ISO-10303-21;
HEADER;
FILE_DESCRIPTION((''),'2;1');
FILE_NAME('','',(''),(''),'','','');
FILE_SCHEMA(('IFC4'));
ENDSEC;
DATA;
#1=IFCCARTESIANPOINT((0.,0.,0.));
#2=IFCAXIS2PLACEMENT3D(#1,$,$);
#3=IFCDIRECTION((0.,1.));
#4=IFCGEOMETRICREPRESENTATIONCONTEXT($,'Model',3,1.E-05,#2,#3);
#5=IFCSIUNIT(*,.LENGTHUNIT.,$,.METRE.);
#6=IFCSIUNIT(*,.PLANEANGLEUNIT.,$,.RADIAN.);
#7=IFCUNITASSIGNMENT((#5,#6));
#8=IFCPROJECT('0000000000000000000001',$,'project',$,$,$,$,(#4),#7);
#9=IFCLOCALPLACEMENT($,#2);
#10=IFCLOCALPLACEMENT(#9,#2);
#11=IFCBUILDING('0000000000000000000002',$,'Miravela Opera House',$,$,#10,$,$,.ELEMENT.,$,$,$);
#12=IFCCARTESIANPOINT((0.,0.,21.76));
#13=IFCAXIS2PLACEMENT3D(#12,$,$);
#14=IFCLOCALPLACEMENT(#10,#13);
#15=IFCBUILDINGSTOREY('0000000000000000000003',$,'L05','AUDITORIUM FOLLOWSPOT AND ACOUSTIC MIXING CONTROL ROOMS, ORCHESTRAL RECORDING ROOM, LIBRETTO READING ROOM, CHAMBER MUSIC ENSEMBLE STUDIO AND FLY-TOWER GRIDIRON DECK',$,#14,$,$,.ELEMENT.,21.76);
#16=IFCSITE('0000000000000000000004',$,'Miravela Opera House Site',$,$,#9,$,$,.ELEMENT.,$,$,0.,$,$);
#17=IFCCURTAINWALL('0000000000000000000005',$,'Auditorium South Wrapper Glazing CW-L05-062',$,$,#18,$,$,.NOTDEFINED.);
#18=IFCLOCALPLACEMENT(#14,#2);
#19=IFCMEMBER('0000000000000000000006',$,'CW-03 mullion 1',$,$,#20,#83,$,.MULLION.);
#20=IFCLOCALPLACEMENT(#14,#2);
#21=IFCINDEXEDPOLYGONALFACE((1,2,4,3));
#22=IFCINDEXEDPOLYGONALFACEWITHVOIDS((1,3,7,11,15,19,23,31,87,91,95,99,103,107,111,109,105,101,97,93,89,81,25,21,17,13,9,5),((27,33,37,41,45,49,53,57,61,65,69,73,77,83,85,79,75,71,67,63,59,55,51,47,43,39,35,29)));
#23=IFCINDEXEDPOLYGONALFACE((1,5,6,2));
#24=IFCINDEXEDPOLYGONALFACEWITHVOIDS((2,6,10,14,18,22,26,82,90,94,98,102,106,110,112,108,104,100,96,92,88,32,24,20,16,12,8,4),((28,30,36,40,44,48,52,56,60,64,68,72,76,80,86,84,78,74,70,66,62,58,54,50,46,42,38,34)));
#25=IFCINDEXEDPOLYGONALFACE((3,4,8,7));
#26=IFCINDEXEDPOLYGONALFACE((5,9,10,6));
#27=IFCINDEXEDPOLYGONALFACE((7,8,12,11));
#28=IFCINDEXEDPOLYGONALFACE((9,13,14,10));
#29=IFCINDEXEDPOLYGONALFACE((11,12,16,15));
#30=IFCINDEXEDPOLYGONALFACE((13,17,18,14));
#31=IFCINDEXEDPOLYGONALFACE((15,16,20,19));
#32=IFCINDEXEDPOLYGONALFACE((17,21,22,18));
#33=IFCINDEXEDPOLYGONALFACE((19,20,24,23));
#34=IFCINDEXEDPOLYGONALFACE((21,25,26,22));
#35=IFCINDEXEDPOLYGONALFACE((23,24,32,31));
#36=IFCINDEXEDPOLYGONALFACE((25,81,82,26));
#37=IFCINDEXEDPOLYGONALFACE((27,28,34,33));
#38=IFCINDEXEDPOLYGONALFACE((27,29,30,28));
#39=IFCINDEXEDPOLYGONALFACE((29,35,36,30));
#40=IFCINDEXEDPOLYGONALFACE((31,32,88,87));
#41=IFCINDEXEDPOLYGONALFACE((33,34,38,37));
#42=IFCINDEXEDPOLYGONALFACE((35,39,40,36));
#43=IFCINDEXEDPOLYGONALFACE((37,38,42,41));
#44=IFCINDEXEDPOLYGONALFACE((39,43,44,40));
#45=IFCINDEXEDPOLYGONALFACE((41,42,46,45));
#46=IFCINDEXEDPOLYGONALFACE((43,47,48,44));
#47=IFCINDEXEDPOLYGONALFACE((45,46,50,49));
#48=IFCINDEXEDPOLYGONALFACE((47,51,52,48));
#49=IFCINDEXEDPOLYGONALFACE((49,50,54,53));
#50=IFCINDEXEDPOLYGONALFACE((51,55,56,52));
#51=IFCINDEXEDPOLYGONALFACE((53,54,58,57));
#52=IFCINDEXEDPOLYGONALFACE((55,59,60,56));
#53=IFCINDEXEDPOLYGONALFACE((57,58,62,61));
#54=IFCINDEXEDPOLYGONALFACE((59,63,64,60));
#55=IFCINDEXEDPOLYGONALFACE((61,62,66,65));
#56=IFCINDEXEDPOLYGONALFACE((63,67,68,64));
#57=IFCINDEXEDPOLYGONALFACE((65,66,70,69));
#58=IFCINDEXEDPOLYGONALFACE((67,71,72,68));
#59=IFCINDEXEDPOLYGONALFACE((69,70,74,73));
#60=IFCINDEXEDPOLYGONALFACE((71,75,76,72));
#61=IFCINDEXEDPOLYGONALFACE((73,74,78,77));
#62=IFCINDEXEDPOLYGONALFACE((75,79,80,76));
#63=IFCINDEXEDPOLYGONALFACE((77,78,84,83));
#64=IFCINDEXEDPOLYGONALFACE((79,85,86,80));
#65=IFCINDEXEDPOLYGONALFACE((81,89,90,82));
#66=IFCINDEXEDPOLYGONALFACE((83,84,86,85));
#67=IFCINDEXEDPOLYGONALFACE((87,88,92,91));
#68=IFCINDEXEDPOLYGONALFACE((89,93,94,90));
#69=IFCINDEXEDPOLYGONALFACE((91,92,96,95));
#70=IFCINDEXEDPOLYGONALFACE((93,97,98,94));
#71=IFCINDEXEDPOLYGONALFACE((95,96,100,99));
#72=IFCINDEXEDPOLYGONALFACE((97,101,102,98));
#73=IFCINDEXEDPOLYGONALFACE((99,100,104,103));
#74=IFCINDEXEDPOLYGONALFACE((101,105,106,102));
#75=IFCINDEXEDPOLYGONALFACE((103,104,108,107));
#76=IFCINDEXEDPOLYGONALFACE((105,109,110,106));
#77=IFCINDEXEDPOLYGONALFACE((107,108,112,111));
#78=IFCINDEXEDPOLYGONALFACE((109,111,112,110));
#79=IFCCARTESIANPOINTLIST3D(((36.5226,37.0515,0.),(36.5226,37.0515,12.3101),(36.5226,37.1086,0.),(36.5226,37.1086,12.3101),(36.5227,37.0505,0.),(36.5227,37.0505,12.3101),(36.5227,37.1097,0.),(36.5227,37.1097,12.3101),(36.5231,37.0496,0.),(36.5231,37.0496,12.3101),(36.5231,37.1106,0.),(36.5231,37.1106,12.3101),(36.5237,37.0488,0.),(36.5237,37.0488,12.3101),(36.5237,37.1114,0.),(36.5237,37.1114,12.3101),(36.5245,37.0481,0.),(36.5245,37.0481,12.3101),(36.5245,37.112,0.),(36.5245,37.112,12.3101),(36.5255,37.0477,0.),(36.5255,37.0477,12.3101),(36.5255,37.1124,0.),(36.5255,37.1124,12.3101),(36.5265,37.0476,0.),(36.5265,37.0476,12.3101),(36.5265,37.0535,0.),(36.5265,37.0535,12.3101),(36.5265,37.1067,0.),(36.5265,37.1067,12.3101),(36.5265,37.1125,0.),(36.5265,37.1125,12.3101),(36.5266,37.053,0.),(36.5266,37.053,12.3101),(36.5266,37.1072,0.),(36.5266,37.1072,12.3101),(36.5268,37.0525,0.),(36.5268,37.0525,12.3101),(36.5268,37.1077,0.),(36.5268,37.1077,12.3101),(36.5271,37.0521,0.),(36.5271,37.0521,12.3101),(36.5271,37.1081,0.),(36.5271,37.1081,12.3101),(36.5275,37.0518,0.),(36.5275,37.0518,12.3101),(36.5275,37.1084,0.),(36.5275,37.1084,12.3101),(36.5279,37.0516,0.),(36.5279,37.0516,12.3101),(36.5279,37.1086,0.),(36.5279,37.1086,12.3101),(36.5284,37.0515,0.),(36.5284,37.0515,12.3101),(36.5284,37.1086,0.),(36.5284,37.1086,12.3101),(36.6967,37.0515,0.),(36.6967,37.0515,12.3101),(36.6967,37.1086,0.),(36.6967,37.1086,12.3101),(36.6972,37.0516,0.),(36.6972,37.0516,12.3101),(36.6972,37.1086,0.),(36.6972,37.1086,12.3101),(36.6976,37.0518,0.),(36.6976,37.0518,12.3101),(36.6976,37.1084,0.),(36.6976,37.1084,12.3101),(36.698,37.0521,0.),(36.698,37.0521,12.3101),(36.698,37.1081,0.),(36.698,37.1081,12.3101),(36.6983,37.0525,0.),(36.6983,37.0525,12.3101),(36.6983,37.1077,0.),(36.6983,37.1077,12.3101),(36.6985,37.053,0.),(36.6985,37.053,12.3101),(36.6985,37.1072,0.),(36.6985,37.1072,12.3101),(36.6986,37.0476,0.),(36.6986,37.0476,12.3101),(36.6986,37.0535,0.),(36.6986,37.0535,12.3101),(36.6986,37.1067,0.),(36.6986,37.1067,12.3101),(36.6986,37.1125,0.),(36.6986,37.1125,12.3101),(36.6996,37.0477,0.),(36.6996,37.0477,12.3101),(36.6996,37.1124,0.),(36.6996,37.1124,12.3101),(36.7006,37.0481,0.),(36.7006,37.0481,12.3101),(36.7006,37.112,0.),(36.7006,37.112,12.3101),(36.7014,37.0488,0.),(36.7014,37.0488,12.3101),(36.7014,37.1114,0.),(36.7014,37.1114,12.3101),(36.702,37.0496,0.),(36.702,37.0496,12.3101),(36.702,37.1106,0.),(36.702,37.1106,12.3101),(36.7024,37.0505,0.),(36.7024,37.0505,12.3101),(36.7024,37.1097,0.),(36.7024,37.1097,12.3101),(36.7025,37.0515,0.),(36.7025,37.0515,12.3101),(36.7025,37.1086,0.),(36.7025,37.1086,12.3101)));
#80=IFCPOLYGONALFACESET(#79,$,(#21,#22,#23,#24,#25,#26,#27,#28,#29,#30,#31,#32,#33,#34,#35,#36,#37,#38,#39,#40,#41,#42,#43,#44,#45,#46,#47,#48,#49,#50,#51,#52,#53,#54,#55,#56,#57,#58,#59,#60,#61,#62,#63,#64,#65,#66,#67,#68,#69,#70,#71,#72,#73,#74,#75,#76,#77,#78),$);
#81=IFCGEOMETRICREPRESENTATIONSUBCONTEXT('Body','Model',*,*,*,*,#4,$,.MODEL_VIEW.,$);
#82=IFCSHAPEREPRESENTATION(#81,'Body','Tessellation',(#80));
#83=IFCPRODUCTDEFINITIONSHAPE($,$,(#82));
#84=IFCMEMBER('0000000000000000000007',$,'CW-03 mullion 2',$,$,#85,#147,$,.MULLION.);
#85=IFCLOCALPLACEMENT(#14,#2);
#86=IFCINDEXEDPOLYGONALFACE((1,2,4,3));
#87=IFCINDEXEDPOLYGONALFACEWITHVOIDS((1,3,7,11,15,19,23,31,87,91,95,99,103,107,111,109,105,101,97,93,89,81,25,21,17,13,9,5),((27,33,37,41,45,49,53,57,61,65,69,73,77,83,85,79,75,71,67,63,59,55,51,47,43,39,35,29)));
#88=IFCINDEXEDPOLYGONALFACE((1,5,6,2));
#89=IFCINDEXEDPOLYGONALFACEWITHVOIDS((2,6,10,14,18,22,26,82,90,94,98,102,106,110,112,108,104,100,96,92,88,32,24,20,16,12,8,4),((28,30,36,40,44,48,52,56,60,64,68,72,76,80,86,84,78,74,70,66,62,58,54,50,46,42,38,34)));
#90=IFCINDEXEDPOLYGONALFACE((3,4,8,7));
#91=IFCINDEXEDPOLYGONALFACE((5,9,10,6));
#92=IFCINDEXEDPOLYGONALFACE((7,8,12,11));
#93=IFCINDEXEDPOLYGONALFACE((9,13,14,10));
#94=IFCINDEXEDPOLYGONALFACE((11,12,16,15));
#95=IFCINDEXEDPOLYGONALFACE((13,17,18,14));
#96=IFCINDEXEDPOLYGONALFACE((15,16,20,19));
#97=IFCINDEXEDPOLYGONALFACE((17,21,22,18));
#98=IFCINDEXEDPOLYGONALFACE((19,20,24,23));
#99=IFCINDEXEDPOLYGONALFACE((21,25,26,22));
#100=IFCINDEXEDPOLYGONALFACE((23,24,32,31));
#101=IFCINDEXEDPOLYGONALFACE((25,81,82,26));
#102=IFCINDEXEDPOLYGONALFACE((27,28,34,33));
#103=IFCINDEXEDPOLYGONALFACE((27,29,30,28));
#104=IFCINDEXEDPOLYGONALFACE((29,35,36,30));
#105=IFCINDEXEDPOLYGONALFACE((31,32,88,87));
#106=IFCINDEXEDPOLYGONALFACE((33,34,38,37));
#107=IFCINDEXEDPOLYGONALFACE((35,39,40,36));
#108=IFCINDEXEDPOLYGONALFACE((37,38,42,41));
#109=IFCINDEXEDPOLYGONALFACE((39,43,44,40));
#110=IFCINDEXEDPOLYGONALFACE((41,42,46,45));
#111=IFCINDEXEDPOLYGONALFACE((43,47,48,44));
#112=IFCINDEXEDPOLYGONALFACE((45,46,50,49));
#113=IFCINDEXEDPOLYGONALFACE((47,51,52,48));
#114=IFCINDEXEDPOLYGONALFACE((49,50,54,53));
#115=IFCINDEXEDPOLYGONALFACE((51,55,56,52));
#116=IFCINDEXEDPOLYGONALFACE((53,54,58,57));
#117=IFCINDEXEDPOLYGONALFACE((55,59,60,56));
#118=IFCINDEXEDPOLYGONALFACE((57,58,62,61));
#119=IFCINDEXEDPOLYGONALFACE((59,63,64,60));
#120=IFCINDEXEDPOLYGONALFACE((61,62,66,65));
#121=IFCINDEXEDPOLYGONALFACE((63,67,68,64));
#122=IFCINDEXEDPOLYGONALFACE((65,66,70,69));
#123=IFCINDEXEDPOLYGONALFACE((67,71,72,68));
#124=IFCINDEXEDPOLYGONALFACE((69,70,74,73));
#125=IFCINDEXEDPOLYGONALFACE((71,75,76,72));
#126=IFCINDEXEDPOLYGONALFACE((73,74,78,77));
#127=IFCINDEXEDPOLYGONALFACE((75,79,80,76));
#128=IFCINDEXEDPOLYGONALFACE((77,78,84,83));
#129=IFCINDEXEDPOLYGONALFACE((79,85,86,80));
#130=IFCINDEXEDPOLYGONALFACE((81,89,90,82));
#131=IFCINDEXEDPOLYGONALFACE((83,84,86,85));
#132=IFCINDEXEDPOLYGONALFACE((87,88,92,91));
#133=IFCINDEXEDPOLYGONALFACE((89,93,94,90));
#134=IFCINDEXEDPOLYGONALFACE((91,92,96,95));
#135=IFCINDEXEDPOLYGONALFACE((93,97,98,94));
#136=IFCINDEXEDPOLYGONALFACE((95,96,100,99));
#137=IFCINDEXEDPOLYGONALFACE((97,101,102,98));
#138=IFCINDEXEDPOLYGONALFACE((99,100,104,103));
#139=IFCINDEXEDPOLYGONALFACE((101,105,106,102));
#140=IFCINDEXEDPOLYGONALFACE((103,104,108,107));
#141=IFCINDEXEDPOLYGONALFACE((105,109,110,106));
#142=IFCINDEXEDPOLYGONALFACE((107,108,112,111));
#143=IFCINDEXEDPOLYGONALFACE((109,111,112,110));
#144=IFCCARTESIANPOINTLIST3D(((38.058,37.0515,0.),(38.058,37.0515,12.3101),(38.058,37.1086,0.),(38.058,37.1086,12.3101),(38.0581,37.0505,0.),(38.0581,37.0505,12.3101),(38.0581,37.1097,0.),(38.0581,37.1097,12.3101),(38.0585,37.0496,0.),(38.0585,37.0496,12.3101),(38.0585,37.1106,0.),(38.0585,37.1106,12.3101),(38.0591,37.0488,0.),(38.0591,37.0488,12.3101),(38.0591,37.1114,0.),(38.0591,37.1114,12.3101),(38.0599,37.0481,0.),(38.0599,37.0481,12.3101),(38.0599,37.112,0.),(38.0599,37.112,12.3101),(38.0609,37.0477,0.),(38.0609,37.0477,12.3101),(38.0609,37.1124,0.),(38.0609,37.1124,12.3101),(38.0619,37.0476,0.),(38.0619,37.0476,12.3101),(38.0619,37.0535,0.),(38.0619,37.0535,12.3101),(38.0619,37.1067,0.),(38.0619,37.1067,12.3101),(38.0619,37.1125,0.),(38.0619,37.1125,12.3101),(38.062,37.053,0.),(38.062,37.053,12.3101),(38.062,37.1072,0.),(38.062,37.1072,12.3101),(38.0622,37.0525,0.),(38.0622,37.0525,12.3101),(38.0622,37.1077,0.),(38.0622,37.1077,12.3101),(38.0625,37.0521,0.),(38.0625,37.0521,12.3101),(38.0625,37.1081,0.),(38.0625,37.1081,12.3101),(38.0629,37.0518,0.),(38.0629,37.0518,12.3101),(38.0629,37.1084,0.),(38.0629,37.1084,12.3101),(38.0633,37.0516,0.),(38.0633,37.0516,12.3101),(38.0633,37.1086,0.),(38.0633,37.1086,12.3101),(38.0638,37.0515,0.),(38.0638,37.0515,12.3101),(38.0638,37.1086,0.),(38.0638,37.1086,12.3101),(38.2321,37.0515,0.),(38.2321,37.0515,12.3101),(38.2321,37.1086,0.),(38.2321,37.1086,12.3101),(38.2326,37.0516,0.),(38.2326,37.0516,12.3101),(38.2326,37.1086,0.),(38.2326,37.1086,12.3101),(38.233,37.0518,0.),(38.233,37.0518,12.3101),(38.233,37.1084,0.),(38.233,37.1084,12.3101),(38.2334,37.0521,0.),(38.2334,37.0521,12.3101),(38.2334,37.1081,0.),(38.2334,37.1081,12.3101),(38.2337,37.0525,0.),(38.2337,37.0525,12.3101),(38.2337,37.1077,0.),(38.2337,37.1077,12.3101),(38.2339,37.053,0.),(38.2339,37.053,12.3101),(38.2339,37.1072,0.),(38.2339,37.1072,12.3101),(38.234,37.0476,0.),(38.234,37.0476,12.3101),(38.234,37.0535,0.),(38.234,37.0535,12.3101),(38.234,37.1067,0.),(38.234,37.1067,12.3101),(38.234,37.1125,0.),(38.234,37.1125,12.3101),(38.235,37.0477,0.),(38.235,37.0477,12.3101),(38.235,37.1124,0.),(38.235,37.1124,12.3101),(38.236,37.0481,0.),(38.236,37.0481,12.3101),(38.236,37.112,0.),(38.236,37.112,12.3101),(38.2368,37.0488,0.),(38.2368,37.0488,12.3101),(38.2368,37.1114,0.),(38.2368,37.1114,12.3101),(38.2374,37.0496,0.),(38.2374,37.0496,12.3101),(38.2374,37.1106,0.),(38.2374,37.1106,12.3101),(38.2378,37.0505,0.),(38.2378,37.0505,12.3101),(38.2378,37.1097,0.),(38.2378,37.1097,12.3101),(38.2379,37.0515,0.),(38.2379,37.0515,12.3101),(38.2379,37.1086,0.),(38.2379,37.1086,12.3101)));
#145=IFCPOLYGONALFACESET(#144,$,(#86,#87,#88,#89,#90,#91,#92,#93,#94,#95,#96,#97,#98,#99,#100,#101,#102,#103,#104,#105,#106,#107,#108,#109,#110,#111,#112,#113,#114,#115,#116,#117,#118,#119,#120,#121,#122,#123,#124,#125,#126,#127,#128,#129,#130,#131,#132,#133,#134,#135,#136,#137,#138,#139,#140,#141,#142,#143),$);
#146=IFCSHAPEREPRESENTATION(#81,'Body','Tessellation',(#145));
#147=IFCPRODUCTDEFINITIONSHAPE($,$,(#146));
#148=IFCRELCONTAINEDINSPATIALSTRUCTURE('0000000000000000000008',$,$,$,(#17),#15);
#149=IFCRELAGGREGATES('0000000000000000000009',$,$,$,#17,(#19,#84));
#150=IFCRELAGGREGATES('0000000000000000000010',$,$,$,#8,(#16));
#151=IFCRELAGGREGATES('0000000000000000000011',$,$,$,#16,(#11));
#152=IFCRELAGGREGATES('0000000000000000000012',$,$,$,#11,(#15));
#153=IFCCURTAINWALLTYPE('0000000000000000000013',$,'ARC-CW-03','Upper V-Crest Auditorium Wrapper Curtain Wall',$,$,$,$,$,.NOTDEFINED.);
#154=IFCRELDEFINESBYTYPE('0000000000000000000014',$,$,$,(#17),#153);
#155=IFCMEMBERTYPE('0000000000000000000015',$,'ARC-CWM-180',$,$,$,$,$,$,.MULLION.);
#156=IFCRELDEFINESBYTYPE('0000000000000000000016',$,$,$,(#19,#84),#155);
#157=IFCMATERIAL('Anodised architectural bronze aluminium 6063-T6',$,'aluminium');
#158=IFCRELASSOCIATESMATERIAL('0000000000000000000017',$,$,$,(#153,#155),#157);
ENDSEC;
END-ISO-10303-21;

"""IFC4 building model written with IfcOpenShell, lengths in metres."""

from ifc_helpers import new_model, si_unit, direction, frame, origin, origin_2d, place, context, subcontext, project, spatial, hollow_rectangle, extrude, material, material_profile, profile_set, type_object, element, aggregate, save


model = new_model("IFC4")

# Units and contexts
model_context = context("Model", 3, precision=1e-05, world=origin(), true_north=direction((0.0, 1.0)))
body_context = subcontext(model_context, "Body", "Model", "MODEL_VIEW")
ifc_project = project(units=[si_unit("LENGTHUNIT", "METRE"), si_unit("PLANEANGLEUNIT", "RADIAN")], contexts=[model_context])

# Site, building, storey
site_placement = place(None, origin())
site = spatial("IfcSite", under=ifc_project, at=site_placement, Name="Miravela Opera House Site", CompositionType="ELEMENT", RefElevation=0.0)
building_placement = place(site_placement, origin())
building = spatial("IfcBuilding", under=site, at=building_placement, Name="Miravela Opera House", CompositionType="ELEMENT")
storey_placement = place(building_placement, frame((0.0, 0.0, 21.76)))
storey = spatial("IfcBuildingStorey", under=building, at=storey_placement, Name="L05", Description="AUDITORIUM FOLLOWSPOT AND ACOUSTIC MIXING CONTROL ROOMS, ORCHESTRAL RECORDING ROOM, LIBRETTO READING ROOM, CHAMBER MUSIC ENSEMBLE STUDIO AND FLY-TOWER GRIDIRON DECK", CompositionType="ELEMENT", Elevation=21.76)

# Curtain wall, members
ifc_material_1 = material(Name="Anodised architectural bronze aluminium 6063-T6", Category="aluminium")
curtain_wall_type = type_object("IfcCurtainWallType", Name="ARC-CW-03", Description="Upper V-Crest Auditorium Wrapper Curtain Wall", PredefinedType="NOTDEFINED", material=ifc_material_1)
curtain_wall_placement = place(storey_placement, origin())
curtain_wall = element("IfcCurtainWall", 1, at=curtain_wall_placement, inside=storey, type_object=curtain_wall_type, Name="Auditorium South Wrapper Glazing CW-L05-062", PredefinedType="NOTDEFINED")
ifc_material_profile_1 = material_profile(ifc_material_1, hollow_rectangle(XDim=0.0649, YDim=0.1799, WallThickness=0.0039, InnerFilletRadius=0.002, OuterFilletRadius=0.0039, at=origin_2d()), Name="CWM-65X180")
ifc_profile_set_1 = profile_set([ifc_material_profile_1])
member_type_1 = type_object("IfcMemberType", Name="ARC-CWM-180", PredefinedType="MULLION", material=ifc_profile_set_1)
member_1_placement = place(storey_placement, frame((36.6125, 37.0801, 0.0), z_axis=(0.0, 0.0, 1.0), x_axis=(0.0, 1.0, 0.0)))
member_1 = element("IfcMember", 2, at=member_1_placement, type_object=member_type_1, Name="CW-03 mullion 1", PredefinedType="MULLION", context=body_context, shape_type="SweptSolid", body=[
    extrude(hollow_rectangle(XDim=0.0649, YDim=0.1799, WallThickness=0.0039, InnerFilletRadius=0.002, OuterFilletRadius=0.0039, at=origin_2d()), origin(), (0.0, 0.0, 1.0), 12.3101),
])
member_2_placement = place(storey_placement, frame((38.1479, 37.0801, 0.0), z_axis=(0.0, 0.0, 1.0), x_axis=(0.0, 1.0, 0.0)))
member_2 = element("IfcMember", 3, at=member_2_placement, type_object=member_type_1, Name="CW-03 mullion 2", PredefinedType="MULLION", context=body_context, shape_type="SweptSolid", body=[
    extrude(hollow_rectangle(XDim=0.0649, YDim=0.1799, WallThickness=0.0039, InnerFilletRadius=0.002, OuterFilletRadius=0.0039, at=origin_2d()), origin(), (0.0, 0.0, 1.0), 12.3101),
])

aggregate(curtain_wall, [member_1, member_2])

save(model, "model.ifc")
